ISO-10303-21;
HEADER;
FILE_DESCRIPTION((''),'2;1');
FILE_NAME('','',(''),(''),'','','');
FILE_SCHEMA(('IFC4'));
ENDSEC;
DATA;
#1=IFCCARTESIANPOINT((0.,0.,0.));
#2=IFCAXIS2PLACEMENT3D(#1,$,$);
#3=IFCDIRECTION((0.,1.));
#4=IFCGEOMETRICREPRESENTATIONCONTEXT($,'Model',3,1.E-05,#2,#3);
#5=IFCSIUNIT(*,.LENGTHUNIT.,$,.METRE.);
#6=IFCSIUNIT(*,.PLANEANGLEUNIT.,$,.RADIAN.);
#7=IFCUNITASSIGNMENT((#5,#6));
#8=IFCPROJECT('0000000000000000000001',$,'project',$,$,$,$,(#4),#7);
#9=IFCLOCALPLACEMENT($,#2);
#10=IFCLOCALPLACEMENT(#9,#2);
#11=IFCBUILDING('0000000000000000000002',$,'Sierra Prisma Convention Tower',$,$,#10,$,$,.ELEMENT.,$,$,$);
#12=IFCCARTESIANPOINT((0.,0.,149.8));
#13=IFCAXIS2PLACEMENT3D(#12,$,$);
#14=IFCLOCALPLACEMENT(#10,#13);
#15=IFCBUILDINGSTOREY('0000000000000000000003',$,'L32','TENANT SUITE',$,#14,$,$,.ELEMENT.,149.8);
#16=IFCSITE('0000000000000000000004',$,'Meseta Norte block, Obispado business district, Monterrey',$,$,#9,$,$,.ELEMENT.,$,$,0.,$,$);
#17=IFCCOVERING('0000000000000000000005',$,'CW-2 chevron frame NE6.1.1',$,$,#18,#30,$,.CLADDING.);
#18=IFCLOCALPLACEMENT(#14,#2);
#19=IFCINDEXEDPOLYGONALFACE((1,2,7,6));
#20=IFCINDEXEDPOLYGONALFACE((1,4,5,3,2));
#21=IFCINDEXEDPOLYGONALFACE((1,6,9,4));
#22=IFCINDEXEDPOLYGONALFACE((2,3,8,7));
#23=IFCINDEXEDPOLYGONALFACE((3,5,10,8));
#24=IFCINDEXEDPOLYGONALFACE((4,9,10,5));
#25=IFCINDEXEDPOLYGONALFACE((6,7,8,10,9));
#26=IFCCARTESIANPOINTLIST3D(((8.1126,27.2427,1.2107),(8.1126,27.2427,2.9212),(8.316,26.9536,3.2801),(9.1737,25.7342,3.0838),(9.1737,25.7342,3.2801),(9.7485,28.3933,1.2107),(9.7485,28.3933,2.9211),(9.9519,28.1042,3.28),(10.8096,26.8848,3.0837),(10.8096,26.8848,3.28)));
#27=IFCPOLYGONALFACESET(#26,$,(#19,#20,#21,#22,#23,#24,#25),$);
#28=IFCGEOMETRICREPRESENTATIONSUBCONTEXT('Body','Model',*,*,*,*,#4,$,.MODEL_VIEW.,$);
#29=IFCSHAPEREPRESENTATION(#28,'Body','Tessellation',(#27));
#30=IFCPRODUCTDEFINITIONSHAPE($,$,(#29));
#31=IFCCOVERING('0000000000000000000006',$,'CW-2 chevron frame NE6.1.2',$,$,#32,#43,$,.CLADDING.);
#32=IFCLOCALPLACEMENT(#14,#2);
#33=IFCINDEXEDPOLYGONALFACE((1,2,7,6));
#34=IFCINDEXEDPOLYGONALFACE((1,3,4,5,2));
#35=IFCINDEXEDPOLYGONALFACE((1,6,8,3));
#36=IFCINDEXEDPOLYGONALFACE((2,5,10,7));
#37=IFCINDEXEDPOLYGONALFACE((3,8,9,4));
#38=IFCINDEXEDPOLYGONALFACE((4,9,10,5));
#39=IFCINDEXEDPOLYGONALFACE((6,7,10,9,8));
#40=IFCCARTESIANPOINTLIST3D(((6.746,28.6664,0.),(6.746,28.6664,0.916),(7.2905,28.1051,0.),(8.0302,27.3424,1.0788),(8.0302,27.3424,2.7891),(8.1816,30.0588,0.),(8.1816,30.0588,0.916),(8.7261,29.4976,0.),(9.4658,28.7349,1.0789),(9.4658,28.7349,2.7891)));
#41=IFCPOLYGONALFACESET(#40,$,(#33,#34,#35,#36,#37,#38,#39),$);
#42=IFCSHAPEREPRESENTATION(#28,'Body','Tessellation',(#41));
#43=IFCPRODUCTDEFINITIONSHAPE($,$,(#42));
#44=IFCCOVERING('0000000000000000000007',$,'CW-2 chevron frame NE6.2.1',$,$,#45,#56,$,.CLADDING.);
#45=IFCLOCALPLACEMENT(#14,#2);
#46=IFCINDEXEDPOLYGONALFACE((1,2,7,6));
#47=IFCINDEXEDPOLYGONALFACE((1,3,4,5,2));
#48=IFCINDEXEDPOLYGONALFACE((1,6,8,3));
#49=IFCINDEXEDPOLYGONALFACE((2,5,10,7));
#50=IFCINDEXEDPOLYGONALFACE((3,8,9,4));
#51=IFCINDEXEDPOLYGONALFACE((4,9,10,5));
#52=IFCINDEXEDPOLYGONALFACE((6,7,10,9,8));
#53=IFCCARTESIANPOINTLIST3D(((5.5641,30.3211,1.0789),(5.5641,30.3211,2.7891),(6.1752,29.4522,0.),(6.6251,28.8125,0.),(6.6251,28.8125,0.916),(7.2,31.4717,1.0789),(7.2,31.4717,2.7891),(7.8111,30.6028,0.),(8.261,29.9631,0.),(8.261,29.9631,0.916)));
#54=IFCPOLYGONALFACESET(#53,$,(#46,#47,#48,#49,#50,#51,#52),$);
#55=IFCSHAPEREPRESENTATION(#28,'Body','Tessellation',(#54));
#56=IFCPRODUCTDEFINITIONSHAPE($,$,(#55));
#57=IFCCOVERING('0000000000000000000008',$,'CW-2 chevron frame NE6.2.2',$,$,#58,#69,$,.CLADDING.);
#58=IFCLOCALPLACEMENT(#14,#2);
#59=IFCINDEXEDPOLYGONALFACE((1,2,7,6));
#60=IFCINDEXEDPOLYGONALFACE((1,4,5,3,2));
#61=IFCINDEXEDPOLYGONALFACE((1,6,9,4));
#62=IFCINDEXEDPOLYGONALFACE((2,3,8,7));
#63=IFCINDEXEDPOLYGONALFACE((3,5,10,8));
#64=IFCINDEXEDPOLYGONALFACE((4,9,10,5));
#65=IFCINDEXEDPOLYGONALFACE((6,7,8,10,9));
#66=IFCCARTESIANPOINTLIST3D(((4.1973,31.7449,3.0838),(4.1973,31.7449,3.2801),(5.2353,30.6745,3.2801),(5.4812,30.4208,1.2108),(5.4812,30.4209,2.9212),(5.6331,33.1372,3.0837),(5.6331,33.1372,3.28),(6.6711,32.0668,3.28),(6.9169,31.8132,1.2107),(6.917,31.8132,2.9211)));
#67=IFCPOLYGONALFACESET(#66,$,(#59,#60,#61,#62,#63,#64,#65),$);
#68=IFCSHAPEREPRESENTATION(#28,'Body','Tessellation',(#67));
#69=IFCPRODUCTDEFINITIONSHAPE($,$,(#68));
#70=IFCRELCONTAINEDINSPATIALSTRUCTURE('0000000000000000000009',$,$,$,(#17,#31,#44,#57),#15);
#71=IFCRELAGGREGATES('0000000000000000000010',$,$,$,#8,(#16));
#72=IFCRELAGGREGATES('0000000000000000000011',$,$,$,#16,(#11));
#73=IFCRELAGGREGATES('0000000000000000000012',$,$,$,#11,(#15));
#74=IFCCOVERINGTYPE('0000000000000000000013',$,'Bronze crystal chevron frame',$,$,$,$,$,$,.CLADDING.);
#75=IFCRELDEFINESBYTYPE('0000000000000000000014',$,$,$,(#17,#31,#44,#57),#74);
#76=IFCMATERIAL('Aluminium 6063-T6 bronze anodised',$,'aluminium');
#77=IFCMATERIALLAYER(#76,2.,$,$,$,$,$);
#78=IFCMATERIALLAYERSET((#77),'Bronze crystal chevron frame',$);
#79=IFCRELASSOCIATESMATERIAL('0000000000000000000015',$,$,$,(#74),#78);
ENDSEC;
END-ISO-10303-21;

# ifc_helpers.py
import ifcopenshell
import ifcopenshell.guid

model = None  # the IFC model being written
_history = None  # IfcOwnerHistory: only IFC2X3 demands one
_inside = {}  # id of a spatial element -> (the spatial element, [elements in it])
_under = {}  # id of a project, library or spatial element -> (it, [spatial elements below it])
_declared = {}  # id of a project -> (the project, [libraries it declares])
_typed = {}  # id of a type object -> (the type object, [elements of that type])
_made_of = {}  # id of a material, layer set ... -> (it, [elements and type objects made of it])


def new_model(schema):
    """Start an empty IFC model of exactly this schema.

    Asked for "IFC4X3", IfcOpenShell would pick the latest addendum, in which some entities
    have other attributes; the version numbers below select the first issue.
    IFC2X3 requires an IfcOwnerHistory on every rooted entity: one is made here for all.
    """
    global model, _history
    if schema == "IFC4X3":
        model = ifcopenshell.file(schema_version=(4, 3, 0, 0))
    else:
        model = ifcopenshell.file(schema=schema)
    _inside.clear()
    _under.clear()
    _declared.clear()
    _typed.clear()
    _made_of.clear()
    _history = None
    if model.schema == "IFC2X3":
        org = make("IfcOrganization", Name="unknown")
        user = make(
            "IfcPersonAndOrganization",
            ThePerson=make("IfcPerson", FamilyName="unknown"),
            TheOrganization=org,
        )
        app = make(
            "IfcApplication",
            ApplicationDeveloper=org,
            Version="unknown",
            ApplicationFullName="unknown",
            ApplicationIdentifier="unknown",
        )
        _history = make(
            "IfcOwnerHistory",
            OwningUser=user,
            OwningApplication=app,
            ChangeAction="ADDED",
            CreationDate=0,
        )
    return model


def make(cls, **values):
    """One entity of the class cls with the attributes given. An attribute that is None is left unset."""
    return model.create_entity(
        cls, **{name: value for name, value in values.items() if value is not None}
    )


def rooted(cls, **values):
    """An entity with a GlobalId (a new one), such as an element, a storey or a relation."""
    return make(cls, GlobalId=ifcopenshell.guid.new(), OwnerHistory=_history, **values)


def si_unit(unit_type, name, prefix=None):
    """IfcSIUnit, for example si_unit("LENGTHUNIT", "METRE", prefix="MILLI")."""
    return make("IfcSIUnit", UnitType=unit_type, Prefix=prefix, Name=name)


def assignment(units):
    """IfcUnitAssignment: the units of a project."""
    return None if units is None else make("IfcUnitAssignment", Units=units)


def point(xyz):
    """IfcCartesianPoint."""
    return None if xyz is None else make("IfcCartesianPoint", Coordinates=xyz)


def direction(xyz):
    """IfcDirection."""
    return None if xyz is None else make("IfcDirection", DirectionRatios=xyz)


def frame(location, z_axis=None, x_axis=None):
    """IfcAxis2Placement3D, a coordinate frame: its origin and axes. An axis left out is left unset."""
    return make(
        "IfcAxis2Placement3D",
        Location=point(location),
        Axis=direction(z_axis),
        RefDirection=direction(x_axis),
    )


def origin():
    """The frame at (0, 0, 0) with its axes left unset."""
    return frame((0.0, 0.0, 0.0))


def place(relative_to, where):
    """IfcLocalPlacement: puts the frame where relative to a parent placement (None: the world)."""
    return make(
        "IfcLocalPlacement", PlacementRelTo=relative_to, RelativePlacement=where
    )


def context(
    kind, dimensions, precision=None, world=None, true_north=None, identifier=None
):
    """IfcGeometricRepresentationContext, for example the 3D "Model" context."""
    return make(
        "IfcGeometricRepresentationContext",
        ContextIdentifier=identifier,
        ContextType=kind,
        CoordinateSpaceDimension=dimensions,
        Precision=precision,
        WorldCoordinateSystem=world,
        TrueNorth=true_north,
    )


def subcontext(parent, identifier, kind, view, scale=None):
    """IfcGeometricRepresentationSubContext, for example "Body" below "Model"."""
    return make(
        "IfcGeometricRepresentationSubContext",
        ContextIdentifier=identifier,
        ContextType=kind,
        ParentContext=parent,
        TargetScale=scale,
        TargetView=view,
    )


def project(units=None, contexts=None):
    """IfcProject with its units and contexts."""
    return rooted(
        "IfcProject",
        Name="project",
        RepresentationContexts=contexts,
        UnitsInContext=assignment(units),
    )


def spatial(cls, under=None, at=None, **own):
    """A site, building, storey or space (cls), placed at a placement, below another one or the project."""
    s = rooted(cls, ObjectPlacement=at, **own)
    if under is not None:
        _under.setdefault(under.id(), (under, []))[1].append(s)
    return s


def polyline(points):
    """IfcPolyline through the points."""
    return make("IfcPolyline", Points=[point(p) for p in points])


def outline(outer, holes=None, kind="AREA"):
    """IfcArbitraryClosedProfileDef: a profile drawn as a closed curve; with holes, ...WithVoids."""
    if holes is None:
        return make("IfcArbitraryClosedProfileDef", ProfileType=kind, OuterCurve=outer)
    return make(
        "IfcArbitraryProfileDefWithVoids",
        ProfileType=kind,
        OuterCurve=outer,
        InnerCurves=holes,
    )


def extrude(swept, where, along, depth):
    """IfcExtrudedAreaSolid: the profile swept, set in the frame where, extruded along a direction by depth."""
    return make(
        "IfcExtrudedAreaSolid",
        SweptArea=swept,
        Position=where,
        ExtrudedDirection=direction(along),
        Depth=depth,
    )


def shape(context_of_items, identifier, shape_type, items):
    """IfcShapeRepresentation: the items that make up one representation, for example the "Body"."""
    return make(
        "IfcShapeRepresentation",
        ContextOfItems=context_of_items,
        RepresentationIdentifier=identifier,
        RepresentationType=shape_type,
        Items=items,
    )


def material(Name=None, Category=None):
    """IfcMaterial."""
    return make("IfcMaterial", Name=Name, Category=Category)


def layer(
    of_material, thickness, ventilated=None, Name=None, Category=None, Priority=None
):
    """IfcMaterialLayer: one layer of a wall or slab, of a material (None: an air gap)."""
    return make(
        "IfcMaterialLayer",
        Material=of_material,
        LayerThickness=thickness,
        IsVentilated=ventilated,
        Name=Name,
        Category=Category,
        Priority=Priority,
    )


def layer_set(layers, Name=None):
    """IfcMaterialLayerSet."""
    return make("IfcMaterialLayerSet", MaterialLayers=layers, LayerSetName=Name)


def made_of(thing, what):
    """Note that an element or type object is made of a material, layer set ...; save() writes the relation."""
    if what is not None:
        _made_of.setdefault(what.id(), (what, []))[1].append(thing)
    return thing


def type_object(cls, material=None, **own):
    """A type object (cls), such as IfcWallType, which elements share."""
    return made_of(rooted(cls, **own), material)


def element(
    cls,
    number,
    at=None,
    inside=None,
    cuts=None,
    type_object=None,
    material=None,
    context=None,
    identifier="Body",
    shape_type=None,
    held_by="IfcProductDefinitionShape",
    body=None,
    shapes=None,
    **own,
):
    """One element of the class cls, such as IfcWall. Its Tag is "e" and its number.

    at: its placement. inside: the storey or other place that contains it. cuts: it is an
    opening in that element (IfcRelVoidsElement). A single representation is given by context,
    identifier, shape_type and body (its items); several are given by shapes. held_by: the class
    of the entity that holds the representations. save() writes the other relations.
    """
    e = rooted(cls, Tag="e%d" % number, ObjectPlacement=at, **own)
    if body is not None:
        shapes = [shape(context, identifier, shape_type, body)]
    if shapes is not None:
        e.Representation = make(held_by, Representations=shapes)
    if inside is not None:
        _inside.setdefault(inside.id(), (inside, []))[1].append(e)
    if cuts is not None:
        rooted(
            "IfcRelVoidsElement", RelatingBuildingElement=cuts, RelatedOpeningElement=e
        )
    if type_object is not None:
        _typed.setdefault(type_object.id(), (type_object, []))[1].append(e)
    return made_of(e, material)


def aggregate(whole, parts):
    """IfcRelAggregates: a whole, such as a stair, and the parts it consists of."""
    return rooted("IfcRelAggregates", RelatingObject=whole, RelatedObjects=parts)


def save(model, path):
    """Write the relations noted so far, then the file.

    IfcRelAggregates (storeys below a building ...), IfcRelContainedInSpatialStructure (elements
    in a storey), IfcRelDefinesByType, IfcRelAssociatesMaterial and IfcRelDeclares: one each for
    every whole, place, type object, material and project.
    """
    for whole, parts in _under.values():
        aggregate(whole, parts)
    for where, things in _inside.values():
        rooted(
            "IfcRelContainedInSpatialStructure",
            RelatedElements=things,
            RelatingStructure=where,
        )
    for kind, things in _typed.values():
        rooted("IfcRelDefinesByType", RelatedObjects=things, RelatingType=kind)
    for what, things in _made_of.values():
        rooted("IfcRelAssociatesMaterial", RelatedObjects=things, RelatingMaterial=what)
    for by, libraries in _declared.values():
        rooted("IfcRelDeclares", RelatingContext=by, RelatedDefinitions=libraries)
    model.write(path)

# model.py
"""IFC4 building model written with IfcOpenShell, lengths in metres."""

from ifc_helpers import new_model, si_unit, direction, frame, origin, place, context, subcontext, project, spatial, polyline, outline, extrude, material, layer, layer_set, type_object, element, save


model = new_model("IFC4")

# Units and contexts
model_context = context("Model", 3, precision=1e-05, world=origin(), true_north=direction((0.0, 1.0)))
body_context = subcontext(model_context, "Body", "Model", "MODEL_VIEW")
ifc_project = project(units=[si_unit("LENGTHUNIT", "METRE"), si_unit("PLANEANGLEUNIT", "RADIAN")], contexts=[model_context])

# Site, building, storey
site_placement = place(None, origin())
site = spatial("IfcSite", under=ifc_project, at=site_placement, Name="Meseta Norte block, Obispado business district, Monterrey", CompositionType="ELEMENT", RefElevation=0.0)
building_placement = place(site_placement, origin())
building = spatial("IfcBuilding", under=site, at=building_placement, Name="Sierra Prisma Convention Tower", CompositionType="ELEMENT")
storey_placement = place(building_placement, frame((0.0, 0.0, 149.8)))
storey = spatial("IfcBuildingStorey", under=building, at=storey_placement, Name="L32", Description="TENANT SUITE", CompositionType="ELEMENT", Elevation=149.8)

# Coverings
ifc_material_1 = material(Name="Aluminium 6063-T6 bronze anodised", Category="aluminium")
ifc_layer_1 = layer(ifc_material_1, 2.0)
ifc_layer_set_1 = layer_set([ifc_layer_1], Name="Bronze crystal chevron frame")
covering_type = type_object("IfcCoveringType", Name="Bronze crystal chevron frame", PredefinedType="CLADDING", material=ifc_layer_set_1)
covering_1_placement = place(storey_placement, frame((10.8096, 26.8848, 3.28), z_axis=(0.817945, 0.575297, -0.000021), x_axis=(-0.000017, -0.000012, -1.0)))
element("IfcCovering", 1, at=covering_1_placement, inside=storey, type_object=covering_type, Name="CW-2 chevron frame NE6.1.1", PredefinedType="CLADDING", context=body_context, shape_type="SweptSolid", body=[
    extrude(outline(polyline([(0.0, 0.0), (0.1963, 0.0), (2.0693, 1.8443), (0.3589, 1.8443), (0.0, 1.4909), (0.0, 0.0)])), origin(), (0.0, 0.0, -1.0), 2.0),
])
covering_2_placement = place(storey_placement, frame((9.4658, 28.7349, 2.7891), z_axis=(0.71781, 0.696239, 0.000006), x_axis=(0.000004, 0.000004, -1.0)))
element("IfcCovering", 2, at=covering_2_placement, inside=storey, type_object=covering_type, Name="CW-2 chevron frame NE6.1.2", PredefinedType="CLADDING", context=body_context, shape_type="SweptSolid", body=[
    extrude(outline(polyline([(0.0, 0.0), (1.7102, 0.0), (2.7891, 1.0625), (2.7891, 1.8445), (1.873, 1.8445), (0.0, 0.0)])), origin(), (0.0, 0.0, -1.0), 2.0),
])
covering_3_placement = place(storey_placement, frame((8.261, 29.9631, 0.0), z_axis=(0.817938, 0.575307, -0.000014), x_axis=(-0.575307, 0.817938, 0.0)))
element("IfcCovering", 3, at=covering_3_placement, inside=storey, type_object=covering_type, Name="CW-2 chevron frame NE6.2.1", PredefinedType="CLADDING", context=body_context, shape_type="SweptSolid", body=[
    extrude(outline(polyline([(0.0, 0.0), (0.7821, 0.0), (1.8443, 1.0789), (1.8443, 2.7891), (0.0, 0.916), (0.0, 0.0)])), origin(), (0.0, 0.0, -1.0), 2.0),
])
covering_4_placement = place(storey_placement, frame((5.6331, 33.1372, 3.28), z_axis=(0.717872, 0.696175, -0.000046), x_axis=(0.696175, -0.717872, 0.0)))
element("IfcCovering", 4, at=covering_4_placement, inside=storey, type_object=covering_type, Name="CW-2 chevron frame NE6.2.2", PredefinedType="CLADDING", context=body_context, shape_type="SweptSolid", body=[
    extrude(outline(polyline([(0.0, 0.0), (1.491, 0.0), (1.8443, 0.3589), (1.8443, 2.0693), (0.0, 0.1963), (0.0, 0.0)])), origin(), (0.0, 0.0, -1.0), 2.0),
])

save(model, "model.ifc")
